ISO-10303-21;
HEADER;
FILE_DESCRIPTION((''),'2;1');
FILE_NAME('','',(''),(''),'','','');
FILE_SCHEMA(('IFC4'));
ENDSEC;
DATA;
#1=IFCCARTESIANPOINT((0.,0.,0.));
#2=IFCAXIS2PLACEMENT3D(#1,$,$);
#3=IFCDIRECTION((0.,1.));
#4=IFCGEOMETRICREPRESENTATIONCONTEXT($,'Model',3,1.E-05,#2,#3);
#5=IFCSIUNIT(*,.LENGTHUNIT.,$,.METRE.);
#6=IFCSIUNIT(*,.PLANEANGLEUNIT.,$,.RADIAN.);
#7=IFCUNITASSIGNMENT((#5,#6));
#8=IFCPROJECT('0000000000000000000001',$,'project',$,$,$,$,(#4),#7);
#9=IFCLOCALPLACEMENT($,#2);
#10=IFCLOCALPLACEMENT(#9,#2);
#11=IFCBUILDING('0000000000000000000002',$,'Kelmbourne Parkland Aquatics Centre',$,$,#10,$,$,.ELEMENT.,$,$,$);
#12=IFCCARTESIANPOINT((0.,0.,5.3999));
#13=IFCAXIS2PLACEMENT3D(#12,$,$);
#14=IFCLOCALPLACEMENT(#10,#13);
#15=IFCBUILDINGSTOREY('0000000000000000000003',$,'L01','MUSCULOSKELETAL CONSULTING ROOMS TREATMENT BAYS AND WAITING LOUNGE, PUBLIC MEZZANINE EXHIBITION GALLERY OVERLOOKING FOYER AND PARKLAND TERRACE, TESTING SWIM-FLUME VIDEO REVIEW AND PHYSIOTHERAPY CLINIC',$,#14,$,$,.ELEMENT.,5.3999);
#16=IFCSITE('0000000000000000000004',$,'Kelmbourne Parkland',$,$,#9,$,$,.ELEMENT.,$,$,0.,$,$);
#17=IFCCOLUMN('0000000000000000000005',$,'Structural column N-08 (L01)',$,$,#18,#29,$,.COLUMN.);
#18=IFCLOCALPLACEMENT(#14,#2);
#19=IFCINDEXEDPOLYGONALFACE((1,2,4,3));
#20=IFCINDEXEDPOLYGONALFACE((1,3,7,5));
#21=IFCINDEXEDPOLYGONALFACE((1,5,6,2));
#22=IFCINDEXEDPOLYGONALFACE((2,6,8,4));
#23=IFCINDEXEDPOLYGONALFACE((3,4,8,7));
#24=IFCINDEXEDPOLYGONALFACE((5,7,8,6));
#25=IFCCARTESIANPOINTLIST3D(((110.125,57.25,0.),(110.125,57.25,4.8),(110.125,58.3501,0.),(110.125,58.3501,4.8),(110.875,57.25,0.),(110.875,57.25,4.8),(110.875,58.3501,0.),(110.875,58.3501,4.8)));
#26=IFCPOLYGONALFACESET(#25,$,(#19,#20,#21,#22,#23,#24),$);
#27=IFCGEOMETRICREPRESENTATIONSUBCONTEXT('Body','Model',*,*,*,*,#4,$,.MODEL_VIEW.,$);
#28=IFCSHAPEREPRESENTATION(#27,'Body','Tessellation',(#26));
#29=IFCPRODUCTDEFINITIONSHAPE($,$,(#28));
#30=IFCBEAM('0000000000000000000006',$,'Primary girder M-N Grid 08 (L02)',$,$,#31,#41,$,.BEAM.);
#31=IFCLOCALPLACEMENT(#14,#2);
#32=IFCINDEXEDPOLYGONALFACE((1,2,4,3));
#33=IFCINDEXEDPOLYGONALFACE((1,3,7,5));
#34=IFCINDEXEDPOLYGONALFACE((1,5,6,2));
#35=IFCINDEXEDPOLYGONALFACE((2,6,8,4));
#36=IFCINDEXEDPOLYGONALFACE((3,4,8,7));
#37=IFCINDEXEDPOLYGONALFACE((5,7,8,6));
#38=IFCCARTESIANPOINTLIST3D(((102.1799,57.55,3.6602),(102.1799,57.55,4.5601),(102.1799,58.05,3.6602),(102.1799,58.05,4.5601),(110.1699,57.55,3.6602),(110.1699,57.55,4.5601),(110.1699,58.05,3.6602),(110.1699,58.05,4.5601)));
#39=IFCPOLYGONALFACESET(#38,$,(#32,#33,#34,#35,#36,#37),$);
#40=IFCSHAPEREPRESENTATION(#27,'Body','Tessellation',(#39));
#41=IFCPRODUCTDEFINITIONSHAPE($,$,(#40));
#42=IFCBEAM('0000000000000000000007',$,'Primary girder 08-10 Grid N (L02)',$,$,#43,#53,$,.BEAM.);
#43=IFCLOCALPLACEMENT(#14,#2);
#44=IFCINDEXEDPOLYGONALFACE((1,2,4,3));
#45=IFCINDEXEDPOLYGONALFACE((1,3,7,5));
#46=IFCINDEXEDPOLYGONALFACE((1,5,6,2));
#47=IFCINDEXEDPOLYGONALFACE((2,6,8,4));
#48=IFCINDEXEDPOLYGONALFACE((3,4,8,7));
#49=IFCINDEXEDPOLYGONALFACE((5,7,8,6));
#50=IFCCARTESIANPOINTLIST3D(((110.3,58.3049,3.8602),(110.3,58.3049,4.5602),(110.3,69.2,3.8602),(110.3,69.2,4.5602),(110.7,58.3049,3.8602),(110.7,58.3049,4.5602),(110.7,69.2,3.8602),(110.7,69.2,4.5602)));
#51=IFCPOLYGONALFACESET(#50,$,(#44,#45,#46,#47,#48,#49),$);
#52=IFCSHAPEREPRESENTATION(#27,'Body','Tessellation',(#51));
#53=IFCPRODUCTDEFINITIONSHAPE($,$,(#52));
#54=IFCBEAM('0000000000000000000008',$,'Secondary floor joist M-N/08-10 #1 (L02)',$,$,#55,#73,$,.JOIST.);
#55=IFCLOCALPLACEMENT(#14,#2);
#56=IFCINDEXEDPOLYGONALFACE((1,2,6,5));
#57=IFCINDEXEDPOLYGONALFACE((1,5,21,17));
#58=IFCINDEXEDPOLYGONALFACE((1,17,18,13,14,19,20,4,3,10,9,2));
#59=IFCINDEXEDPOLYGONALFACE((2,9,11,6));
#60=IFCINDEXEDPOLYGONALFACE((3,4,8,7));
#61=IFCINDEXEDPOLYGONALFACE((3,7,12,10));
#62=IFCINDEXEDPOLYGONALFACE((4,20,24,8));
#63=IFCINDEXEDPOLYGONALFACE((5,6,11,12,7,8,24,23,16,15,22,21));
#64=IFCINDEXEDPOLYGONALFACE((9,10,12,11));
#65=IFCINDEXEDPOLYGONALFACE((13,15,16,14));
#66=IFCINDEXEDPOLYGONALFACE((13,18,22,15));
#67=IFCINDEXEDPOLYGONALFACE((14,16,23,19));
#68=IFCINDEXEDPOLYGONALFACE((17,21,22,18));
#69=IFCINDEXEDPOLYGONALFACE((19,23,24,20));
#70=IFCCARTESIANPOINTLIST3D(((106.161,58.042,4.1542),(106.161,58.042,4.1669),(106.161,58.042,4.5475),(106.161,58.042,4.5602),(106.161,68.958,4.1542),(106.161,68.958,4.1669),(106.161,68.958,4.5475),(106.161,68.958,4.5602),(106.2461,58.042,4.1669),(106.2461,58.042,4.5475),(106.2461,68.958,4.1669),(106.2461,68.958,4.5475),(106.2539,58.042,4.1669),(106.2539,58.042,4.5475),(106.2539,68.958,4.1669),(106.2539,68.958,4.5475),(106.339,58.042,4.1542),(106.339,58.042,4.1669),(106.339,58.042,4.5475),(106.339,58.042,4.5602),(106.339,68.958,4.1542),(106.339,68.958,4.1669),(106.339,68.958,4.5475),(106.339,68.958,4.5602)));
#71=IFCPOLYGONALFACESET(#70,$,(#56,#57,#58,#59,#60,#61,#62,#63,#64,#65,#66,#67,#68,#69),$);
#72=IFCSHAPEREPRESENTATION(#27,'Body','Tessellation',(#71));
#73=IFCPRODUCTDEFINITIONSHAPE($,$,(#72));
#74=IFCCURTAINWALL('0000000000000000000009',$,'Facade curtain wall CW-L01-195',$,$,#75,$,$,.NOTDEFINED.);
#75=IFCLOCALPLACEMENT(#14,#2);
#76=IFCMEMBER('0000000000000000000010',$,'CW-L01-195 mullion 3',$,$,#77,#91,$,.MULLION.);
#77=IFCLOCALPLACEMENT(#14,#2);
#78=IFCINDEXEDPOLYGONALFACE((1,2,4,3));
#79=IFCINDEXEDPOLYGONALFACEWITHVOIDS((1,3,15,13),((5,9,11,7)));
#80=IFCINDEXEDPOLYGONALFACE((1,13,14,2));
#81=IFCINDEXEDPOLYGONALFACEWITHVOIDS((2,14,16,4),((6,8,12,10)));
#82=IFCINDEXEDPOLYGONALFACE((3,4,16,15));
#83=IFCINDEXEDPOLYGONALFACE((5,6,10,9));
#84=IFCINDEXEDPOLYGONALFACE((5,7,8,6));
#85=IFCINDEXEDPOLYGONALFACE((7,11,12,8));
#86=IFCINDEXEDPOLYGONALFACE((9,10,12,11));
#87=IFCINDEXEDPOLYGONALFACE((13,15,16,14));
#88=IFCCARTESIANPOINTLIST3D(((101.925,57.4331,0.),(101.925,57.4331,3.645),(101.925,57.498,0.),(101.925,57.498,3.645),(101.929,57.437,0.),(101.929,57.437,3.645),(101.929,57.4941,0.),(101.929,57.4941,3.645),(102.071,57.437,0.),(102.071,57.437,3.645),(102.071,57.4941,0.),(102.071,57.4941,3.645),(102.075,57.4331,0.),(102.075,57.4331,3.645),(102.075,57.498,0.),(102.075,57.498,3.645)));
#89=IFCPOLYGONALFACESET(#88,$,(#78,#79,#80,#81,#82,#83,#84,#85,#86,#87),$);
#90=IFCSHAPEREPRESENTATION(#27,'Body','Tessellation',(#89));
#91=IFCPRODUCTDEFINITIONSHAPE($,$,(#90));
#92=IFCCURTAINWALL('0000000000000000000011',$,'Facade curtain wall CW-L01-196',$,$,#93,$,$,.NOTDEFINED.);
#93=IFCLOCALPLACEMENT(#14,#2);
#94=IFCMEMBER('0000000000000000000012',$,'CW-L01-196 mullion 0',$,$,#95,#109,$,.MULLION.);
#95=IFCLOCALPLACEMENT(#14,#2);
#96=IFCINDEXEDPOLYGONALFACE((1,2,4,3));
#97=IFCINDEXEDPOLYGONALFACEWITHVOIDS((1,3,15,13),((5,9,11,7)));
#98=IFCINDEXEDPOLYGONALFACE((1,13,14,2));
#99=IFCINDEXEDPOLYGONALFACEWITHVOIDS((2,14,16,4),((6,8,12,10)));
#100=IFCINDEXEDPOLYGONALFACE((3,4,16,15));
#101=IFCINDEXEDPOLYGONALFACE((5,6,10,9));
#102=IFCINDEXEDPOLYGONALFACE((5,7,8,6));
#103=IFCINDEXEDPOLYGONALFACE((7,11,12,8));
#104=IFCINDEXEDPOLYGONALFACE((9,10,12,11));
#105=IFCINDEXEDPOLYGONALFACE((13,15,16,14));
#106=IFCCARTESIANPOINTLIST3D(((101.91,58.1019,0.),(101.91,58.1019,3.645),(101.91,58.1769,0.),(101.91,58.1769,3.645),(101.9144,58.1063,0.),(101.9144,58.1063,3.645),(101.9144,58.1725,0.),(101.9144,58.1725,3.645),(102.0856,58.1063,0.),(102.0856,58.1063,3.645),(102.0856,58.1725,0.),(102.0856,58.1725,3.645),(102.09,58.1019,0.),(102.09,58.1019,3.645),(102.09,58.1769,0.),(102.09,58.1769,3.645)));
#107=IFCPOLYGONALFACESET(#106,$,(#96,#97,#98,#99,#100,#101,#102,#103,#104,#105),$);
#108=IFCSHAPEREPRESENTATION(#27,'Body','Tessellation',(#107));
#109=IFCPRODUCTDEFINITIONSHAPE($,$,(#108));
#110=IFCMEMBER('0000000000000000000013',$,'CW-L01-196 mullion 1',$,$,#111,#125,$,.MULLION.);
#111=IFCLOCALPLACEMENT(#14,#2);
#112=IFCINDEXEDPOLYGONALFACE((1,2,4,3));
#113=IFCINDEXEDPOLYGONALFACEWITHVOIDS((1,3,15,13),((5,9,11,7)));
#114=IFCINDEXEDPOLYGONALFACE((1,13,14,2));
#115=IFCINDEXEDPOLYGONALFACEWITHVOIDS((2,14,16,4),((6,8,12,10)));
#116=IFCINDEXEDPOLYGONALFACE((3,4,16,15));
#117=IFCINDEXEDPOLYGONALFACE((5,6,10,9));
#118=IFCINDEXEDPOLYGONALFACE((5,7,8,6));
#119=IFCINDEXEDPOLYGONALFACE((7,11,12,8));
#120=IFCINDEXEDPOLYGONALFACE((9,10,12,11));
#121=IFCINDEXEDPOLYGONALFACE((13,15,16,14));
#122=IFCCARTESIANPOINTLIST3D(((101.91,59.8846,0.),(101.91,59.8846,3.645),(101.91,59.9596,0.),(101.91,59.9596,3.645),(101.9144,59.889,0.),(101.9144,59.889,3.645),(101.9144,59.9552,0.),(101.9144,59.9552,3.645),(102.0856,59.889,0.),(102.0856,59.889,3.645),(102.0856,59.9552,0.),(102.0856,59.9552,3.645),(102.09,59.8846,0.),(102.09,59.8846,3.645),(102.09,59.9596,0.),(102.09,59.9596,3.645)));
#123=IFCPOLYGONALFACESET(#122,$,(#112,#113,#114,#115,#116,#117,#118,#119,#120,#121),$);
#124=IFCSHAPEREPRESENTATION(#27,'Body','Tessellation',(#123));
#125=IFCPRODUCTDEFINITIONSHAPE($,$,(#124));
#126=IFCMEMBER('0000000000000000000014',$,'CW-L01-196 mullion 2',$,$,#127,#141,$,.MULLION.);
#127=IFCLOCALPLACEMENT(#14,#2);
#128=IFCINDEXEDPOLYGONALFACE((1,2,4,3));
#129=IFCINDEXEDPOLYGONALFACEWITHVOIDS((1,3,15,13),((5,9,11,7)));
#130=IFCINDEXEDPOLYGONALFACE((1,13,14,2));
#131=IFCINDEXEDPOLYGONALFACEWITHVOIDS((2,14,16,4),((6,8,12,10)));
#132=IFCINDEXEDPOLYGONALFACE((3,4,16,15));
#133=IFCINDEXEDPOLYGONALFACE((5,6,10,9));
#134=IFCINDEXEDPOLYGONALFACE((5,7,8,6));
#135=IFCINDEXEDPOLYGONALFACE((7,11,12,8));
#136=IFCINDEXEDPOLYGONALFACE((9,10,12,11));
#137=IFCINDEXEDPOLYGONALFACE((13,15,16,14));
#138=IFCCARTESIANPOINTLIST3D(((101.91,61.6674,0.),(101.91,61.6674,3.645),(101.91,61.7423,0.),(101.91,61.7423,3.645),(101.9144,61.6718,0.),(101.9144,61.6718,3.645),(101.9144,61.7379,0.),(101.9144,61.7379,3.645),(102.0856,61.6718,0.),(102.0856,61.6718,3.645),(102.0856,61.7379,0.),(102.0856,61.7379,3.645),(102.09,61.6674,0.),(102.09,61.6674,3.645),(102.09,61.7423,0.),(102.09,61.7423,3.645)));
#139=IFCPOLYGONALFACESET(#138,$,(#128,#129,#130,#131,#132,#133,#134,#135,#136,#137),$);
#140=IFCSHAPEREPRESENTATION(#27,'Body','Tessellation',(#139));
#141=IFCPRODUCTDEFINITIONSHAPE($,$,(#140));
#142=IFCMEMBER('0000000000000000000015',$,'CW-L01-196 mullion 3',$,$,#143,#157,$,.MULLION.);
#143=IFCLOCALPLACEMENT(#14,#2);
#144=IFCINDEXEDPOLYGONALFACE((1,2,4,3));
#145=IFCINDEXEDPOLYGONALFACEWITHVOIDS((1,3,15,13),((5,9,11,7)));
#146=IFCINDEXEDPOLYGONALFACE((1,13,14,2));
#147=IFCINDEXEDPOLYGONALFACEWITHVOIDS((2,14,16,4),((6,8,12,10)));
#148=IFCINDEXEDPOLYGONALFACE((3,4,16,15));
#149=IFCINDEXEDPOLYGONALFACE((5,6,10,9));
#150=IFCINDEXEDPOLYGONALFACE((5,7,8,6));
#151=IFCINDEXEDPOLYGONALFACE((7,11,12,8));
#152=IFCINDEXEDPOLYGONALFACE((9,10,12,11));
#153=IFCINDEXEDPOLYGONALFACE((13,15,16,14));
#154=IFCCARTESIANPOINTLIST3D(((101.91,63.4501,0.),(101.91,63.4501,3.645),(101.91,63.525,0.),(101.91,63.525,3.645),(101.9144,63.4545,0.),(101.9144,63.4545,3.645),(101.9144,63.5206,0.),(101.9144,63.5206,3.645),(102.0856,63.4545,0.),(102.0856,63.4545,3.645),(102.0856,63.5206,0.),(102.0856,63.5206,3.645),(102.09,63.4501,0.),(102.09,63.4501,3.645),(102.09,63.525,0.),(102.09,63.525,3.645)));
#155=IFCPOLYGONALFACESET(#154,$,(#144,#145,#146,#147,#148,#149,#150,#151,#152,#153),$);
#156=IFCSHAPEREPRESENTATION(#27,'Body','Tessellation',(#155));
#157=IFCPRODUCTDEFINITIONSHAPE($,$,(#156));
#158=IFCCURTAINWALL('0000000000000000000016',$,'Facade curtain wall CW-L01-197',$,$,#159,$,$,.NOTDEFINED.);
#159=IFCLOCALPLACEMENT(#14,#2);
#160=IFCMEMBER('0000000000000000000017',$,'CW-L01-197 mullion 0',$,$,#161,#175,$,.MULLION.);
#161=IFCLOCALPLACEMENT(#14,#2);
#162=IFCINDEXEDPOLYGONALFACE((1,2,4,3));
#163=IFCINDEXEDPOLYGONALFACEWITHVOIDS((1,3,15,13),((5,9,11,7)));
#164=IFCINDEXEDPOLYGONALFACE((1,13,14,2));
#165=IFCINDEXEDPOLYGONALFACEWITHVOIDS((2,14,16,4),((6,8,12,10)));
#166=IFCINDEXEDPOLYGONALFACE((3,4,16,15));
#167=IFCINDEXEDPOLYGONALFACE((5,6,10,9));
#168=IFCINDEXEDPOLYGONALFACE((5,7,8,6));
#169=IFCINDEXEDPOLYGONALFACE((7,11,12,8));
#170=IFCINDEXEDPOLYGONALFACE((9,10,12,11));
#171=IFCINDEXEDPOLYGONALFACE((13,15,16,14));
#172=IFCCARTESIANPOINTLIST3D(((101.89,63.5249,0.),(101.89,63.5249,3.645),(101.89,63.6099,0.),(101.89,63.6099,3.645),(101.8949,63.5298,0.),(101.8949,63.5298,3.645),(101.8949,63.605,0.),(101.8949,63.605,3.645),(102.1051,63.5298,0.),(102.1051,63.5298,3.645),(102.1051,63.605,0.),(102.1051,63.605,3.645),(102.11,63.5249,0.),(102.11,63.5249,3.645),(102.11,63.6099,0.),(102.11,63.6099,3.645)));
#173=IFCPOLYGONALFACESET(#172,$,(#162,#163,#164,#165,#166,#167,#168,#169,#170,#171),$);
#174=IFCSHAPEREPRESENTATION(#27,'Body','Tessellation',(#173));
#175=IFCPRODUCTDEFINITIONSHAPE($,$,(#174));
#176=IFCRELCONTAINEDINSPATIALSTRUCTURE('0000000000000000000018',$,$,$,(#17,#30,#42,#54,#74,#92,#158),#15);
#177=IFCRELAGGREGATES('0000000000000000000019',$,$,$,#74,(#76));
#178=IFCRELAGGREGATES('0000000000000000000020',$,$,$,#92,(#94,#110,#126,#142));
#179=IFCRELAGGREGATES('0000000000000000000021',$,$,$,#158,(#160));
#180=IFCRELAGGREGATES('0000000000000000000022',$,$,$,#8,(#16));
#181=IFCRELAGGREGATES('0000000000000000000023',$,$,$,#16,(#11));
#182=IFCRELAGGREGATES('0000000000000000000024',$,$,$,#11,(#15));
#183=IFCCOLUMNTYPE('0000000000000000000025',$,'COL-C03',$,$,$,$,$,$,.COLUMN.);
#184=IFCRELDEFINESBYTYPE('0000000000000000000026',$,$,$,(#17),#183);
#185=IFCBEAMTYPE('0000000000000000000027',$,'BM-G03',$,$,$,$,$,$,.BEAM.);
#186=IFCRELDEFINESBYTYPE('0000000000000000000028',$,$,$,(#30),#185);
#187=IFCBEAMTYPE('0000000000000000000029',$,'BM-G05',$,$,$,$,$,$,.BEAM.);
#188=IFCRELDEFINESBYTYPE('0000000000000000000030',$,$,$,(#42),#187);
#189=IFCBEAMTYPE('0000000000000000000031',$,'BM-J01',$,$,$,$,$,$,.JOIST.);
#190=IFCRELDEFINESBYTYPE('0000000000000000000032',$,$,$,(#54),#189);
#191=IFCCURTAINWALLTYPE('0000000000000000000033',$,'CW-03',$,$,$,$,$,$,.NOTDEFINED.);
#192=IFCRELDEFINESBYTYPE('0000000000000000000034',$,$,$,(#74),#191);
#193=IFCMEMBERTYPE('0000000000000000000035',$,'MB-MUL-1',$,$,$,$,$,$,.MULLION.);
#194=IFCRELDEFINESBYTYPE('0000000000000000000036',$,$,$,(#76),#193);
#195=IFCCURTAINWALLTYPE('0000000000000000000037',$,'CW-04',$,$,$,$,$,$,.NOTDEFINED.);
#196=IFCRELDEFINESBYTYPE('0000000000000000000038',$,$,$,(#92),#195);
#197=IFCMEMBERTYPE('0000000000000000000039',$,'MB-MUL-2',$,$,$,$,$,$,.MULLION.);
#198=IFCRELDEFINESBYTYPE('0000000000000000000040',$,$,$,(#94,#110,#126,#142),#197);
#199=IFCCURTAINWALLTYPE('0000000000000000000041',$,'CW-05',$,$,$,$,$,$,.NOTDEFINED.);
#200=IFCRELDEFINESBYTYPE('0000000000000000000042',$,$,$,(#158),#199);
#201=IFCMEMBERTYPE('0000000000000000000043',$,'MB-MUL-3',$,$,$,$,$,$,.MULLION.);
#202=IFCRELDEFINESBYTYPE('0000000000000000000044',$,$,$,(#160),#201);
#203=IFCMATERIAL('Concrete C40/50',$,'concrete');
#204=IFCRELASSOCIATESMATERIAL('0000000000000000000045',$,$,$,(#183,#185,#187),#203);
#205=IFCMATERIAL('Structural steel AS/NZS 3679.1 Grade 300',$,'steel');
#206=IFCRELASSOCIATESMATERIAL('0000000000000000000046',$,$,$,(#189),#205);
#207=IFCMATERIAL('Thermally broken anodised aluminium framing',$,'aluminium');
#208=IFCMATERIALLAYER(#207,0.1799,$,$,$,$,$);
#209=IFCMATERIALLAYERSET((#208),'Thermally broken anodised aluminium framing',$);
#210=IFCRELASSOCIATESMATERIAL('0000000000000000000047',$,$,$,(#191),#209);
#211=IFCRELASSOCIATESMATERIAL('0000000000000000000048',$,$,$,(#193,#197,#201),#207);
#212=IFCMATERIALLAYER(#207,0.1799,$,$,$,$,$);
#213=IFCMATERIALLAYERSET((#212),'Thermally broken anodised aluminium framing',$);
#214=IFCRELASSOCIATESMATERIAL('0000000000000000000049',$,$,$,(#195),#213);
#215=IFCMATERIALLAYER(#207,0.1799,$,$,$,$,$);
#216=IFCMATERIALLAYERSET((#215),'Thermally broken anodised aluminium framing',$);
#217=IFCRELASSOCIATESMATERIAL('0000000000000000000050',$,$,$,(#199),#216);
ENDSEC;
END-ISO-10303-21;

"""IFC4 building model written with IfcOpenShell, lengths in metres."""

from ifc_helpers import new_model, si_unit, direction, frame, origin, origin_2d, place, context, subcontext, project, spatial, rectangle, hollow_rectangle, i_section, extrude, material, layer, layer_set, material_profile, profile_set, type_object, element, aggregate, save


model = new_model("IFC4")

# Units and contexts
model_context = context("Model", 3, precision=1e-05, world=origin(), true_north=direction((0.0, 1.0)))
body_context = subcontext(model_context, "Body", "Model", "MODEL_VIEW")
ifc_project = project(units=[si_unit("LENGTHUNIT", "METRE"), si_unit("PLANEANGLEUNIT", "RADIAN")], contexts=[model_context])

# Site, building, storey
site_placement = place(None, origin())
site = spatial("IfcSite", under=ifc_project, at=site_placement, Name="Kelmbourne Parkland", CompositionType="ELEMENT", RefElevation=0.0)
building_placement = place(site_placement, origin())
building = spatial("IfcBuilding", under=site, at=building_placement, Name="Kelmbourne Parkland Aquatics Centre", CompositionType="ELEMENT")
storey_placement = place(building_placement, frame((0.0, 0.0, 5.3999)))
storey = spatial("IfcBuildingStorey", under=building, at=storey_placement, Name="L01", Description="MUSCULOSKELETAL CONSULTING ROOMS TREATMENT BAYS AND WAITING LOUNGE, PUBLIC MEZZANINE EXHIBITION GALLERY OVERLOOKING FOYER AND PARKLAND TERRACE, TESTING SWIM-FLUME VIDEO REVIEW AND PHYSIOTHERAPY CLINIC", CompositionType="ELEMENT", Elevation=5.3999)

# Column
ifc_material_1 = material(Name="Concrete C40/50", Category="concrete")
ifc_material_profile_1 = material_profile(ifc_material_1, rectangle(XDim=0.75, YDim=1.1001, at=origin_2d()), Name="RC 750x1100")
ifc_profile_set_1 = profile_set([ifc_material_profile_1], Name="Concrete C40/50")
column_type = type_object("IfcColumnType", Name="COL-C03", PredefinedType="COLUMN", material=ifc_profile_set_1)
column_placement = place(storey_placement, frame((110.5, 57.8, 0.0), z_axis=(0.0, 0.0, 1.0), x_axis=(1.0, 0.0, 0.0)))
element("IfcColumn", 1, at=column_placement, inside=storey, type_object=column_type, Name="Structural column N-08 (L01)", PredefinedType="COLUMN", context=body_context, shape_type="SweptSolid", body=[
    extrude(rectangle(XDim=0.75, YDim=1.1001, at=origin_2d()), origin(), (0.0, 0.0, 1.0), 4.8),
])

# Beams
ifc_material_profile_2 = material_profile(ifc_material_1, rectangle(XDim=0.5, YDim=0.8999, at=origin_2d()), Name="RC 500x900")
ifc_profile_set_2 = profile_set([ifc_material_profile_2], Name="Concrete C40/50")
beam_type_1 = type_object("IfcBeamType", Name="BM-G03", PredefinedType="BEAM", material=ifc_profile_set_2)
beam_1_placement = place(storey_placement, frame((102.1799, 57.8, 4.1101), z_axis=(1.0, 0.0, 0.0), x_axis=(0.0, 1.0, 0.0)))
element("IfcBeam", 2, at=beam_1_placement, inside=storey, type_object=beam_type_1, Name="Primary girder M-N Grid 08 (L02)", PredefinedType="BEAM", context=body_context, shape_type="SweptSolid", body=[
    extrude(rectangle(XDim=0.5, YDim=0.8999, at=origin_2d()), origin(), (0.0, 0.0, 1.0), 7.99),
])
ifc_material_profile_3 = material_profile(ifc_material_1, rectangle(XDim=0.3999, YDim=0.7, at=origin_2d()), Name="RC 400x700")
ifc_profile_set_3 = profile_set([ifc_material_profile_3], Name="Concrete C40/50")
beam_type_2 = type_object("IfcBeamType", Name="BM-G05", PredefinedType="BEAM", material=ifc_profile_set_3)
beam_2_placement = place(storey_placement, frame((110.5, 58.3049, 4.2102), z_axis=(0.0, 1.0, 0.0), x_axis=(-1.0, 0.0, 0.0)))
element("IfcBeam", 3, at=beam_2_placement, inside=storey, type_object=beam_type_2, Name="Primary girder 08-10 Grid N (L02)", PredefinedType="BEAM", context=body_context, shape_type="SweptSolid", body=[
    extrude(rectangle(XDim=0.3999, YDim=0.7, at=origin_2d()), origin(), (0.0, 0.0, 1.0), 10.895),
])
ifc_material_2 = material(Name="Structural steel AS/NZS 3679.1 Grade 300", Category="steel")
ifc_material_profile_4 = material_profile(ifc_material_2, i_section(OverallWidth=0.178, OverallDepth=0.406, WebThickness=0.0078, FlangeThickness=0.0127, at=origin_2d()), Name="410UB59.7")
ifc_profile_set_4 = profile_set([ifc_material_profile_4], Name="Structural steel AS/NZS 3679.1 Grade 300")
beam_type_3 = type_object("IfcBeamType", Name="BM-J01", PredefinedType="JOIST", material=ifc_profile_set_4)
beam_3_placement = place(storey_placement, frame((106.25, 58.042, 4.3572), z_axis=(0.0, 1.0, 0.0), x_axis=(-1.0, 0.0, 0.0)))
element("IfcBeam", 4, at=beam_3_placement, inside=storey, type_object=beam_type_3, Name="Secondary floor joist M-N/08-10 #1 (L02)", PredefinedType="JOIST", context=body_context, shape_type="SweptSolid", body=[
    extrude(i_section(OverallWidth=0.178, OverallDepth=0.406, WebThickness=0.0078, FlangeThickness=0.0127, at=origin_2d()), origin(), (0.0, 0.0, 1.0), 10.916),
])

# Curtain wall, member
ifc_material_3 = material(Name="Thermally broken anodised aluminium framing", Category="aluminium")
ifc_layer_1 = layer(ifc_material_3, 0.1799)
ifc_layer_set_1 = layer_set([ifc_layer_1], Name="Thermally broken anodised aluminium framing")
curtain_wall_type_1 = type_object("IfcCurtainWallType", Name="CW-03", PredefinedType="NOTDEFINED", material=ifc_layer_set_1)
curtain_wall_1_placement = place(storey_placement, origin())
curtain_wall_1 = element("IfcCurtainWall", 5, at=curtain_wall_1_placement, inside=storey, type_object=curtain_wall_type_1, Name="Facade curtain wall CW-L01-195", PredefinedType="NOTDEFINED")
ifc_material_profile_5 = material_profile(ifc_material_3, hollow_rectangle(XDim=0.0649, YDim=0.1499, WallThickness=0.0039, at=origin_2d()), Name="CW-M 65x150")
ifc_profile_set_5 = profile_set([ifc_material_profile_5], Name="Thermally broken anodised aluminium framing")
member_type_1 = type_object("IfcMemberType", Name="MB-MUL-1", PredefinedType="MULLION", material=ifc_profile_set_5)
member_1_placement = place(storey_placement, frame((102.0, 57.4656, 0.0), z_axis=(0.0, 0.0, 1.0), x_axis=(0.0, 1.0, 0.0)))
member_1 = element("IfcMember", 6, at=member_1_placement, type_object=member_type_1, Name="CW-L01-195 mullion 3", PredefinedType="MULLION", context=body_context, shape_type="SweptSolid", body=[
    extrude(hollow_rectangle(XDim=0.0649, YDim=0.1499, WallThickness=0.0039, at=origin_2d()), origin(), (0.0, 0.0, 1.0), 3.645),
])
aggregate(curtain_wall_1, [member_1])

# Curtain walls, members
ifc_layer_2 = layer(ifc_material_3, 0.1799)
ifc_layer_set_2 = layer_set([ifc_layer_2], Name="Thermally broken anodised aluminium framing")
curtain_wall_type_2 = type_object("IfcCurtainWallType", Name="CW-04", PredefinedType="NOTDEFINED", material=ifc_layer_set_2)
curtain_wall_2_placement = place(storey_placement, origin())
curtain_wall_2 = element("IfcCurtainWall", 7, at=curtain_wall_2_placement, inside=storey, type_object=curtain_wall_type_2, Name="Facade curtain wall CW-L01-196", PredefinedType="NOTDEFINED")
ifc_material_profile_6 = material_profile(ifc_material_3, hollow_rectangle(XDim=0.075, YDim=0.1799, WallThickness=0.0044, at=origin_2d()), Name="CW-M 75x180")
ifc_profile_set_6 = profile_set([ifc_material_profile_6], Name="Thermally broken anodised aluminium framing")
member_type_2 = type_object("IfcMemberType", Name="MB-MUL-2", PredefinedType="MULLION", material=ifc_profile_set_6)
member_2_placement = place(storey_placement, frame((102.0, 58.1394, 0.0), z_axis=(0.0, 0.0, 1.0), x_axis=(0.0, 1.0, 0.0)))
member_2 = element("IfcMember", 8, at=member_2_placement, type_object=member_type_2, Name="CW-L01-196 mullion 0", PredefinedType="MULLION", context=body_context, shape_type="SweptSolid", body=[
    extrude(hollow_rectangle(XDim=0.075, YDim=0.1799, WallThickness=0.0044, at=origin_2d()), origin(), (0.0, 0.0, 1.0), 3.645),
])
member_3_placement = place(storey_placement, frame((102.0, 59.9221, 0.0), z_axis=(0.0, 0.0, 1.0), x_axis=(0.0, 1.0, 0.0)))
member_3 = element("IfcMember", 9, at=member_3_placement, type_object=member_type_2, Name="CW-L01-196 mullion 1", PredefinedType="MULLION", context=body_context, shape_type="SweptSolid", body=[
    extrude(hollow_rectangle(XDim=0.075, YDim=0.1799, WallThickness=0.0044, at=origin_2d()), origin(), (0.0, 0.0, 1.0), 3.645),
])
member_4_placement = place(storey_placement, frame((102.0, 61.7048, 0.0), z_axis=(0.0, 0.0, 1.0), x_axis=(0.0, 1.0, 0.0)))
member_4 = element("IfcMember", 10, at=member_4_placement, type_object=member_type_2, Name="CW-L01-196 mullion 2", PredefinedType="MULLION", context=body_context, shape_type="SweptSolid", body=[
    extrude(hollow_rectangle(XDim=0.075, YDim=0.1799, WallThickness=0.0044, at=origin_2d()), origin(), (0.0, 0.0, 1.0), 3.645),
])
member_5_placement = place(storey_placement, frame((102.0, 63.4875, 0.0), z_axis=(0.0, 0.0, 1.0), x_axis=(0.0, 1.0, 0.0)))
member_5 = element("IfcMember", 11, at=member_5_placement, type_object=member_type_2, Name="CW-L01-196 mullion 3", PredefinedType="MULLION", context=body_context, shape_type="SweptSolid", body=[
    extrude(hollow_rectangle(XDim=0.075, YDim=0.1799, WallThickness=0.0044, at=origin_2d()), origin(), (0.0, 0.0, 1.0), 3.645),
])
ifc_layer_3 = layer(ifc_material_3, 0.1799)
ifc_layer_set_3 = layer_set([ifc_layer_3], Name="Thermally broken anodised aluminium framing")
curtain_wall_type_3 = type_object("IfcCurtainWallType", Name="CW-05", PredefinedType="NOTDEFINED", material=ifc_layer_set_3)
curtain_wall_3_placement = place(storey_placement, origin())
curtain_wall_3 = element("IfcCurtainWall", 12, at=curtain_wall_3_placement, inside=storey, type_object=curtain_wall_type_3, Name="Facade curtain wall CW-L01-197", PredefinedType="NOTDEFINED")
ifc_material_profile_7 = material_profile(ifc_material_3, hollow_rectangle(XDim=0.085, YDim=0.22, WallThickness=0.0049, at=origin_2d()), Name="CW-M 85x220")
ifc_profile_set_7 = profile_set([ifc_material_profile_7], Name="Thermally broken anodised aluminium framing")
member_type_3 = type_object("IfcMemberType", Name="MB-MUL-3", PredefinedType="MULLION", material=ifc_profile_set_7)
member_6_placement = place(storey_placement, frame((102.0, 63.5674, 0.0), z_axis=(0.0, 0.0, 1.0), x_axis=(0.0, 1.0, 0.0)))
member_6 = element("IfcMember", 13, at=member_6_placement, type_object=member_type_3, Name="CW-L01-197 mullion 0", PredefinedType="MULLION", context=body_context, shape_type="SweptSolid", body=[
    extrude(hollow_rectangle(XDim=0.085, YDim=0.22, WallThickness=0.0049, at=origin_2d()), origin(), (0.0, 0.0, 1.0), 3.645),
])

aggregate(curtain_wall_2, [member_2, member_3, member_4, member_5])
aggregate(curtain_wall_3, [member_6])

save(model, "model.ifc")
